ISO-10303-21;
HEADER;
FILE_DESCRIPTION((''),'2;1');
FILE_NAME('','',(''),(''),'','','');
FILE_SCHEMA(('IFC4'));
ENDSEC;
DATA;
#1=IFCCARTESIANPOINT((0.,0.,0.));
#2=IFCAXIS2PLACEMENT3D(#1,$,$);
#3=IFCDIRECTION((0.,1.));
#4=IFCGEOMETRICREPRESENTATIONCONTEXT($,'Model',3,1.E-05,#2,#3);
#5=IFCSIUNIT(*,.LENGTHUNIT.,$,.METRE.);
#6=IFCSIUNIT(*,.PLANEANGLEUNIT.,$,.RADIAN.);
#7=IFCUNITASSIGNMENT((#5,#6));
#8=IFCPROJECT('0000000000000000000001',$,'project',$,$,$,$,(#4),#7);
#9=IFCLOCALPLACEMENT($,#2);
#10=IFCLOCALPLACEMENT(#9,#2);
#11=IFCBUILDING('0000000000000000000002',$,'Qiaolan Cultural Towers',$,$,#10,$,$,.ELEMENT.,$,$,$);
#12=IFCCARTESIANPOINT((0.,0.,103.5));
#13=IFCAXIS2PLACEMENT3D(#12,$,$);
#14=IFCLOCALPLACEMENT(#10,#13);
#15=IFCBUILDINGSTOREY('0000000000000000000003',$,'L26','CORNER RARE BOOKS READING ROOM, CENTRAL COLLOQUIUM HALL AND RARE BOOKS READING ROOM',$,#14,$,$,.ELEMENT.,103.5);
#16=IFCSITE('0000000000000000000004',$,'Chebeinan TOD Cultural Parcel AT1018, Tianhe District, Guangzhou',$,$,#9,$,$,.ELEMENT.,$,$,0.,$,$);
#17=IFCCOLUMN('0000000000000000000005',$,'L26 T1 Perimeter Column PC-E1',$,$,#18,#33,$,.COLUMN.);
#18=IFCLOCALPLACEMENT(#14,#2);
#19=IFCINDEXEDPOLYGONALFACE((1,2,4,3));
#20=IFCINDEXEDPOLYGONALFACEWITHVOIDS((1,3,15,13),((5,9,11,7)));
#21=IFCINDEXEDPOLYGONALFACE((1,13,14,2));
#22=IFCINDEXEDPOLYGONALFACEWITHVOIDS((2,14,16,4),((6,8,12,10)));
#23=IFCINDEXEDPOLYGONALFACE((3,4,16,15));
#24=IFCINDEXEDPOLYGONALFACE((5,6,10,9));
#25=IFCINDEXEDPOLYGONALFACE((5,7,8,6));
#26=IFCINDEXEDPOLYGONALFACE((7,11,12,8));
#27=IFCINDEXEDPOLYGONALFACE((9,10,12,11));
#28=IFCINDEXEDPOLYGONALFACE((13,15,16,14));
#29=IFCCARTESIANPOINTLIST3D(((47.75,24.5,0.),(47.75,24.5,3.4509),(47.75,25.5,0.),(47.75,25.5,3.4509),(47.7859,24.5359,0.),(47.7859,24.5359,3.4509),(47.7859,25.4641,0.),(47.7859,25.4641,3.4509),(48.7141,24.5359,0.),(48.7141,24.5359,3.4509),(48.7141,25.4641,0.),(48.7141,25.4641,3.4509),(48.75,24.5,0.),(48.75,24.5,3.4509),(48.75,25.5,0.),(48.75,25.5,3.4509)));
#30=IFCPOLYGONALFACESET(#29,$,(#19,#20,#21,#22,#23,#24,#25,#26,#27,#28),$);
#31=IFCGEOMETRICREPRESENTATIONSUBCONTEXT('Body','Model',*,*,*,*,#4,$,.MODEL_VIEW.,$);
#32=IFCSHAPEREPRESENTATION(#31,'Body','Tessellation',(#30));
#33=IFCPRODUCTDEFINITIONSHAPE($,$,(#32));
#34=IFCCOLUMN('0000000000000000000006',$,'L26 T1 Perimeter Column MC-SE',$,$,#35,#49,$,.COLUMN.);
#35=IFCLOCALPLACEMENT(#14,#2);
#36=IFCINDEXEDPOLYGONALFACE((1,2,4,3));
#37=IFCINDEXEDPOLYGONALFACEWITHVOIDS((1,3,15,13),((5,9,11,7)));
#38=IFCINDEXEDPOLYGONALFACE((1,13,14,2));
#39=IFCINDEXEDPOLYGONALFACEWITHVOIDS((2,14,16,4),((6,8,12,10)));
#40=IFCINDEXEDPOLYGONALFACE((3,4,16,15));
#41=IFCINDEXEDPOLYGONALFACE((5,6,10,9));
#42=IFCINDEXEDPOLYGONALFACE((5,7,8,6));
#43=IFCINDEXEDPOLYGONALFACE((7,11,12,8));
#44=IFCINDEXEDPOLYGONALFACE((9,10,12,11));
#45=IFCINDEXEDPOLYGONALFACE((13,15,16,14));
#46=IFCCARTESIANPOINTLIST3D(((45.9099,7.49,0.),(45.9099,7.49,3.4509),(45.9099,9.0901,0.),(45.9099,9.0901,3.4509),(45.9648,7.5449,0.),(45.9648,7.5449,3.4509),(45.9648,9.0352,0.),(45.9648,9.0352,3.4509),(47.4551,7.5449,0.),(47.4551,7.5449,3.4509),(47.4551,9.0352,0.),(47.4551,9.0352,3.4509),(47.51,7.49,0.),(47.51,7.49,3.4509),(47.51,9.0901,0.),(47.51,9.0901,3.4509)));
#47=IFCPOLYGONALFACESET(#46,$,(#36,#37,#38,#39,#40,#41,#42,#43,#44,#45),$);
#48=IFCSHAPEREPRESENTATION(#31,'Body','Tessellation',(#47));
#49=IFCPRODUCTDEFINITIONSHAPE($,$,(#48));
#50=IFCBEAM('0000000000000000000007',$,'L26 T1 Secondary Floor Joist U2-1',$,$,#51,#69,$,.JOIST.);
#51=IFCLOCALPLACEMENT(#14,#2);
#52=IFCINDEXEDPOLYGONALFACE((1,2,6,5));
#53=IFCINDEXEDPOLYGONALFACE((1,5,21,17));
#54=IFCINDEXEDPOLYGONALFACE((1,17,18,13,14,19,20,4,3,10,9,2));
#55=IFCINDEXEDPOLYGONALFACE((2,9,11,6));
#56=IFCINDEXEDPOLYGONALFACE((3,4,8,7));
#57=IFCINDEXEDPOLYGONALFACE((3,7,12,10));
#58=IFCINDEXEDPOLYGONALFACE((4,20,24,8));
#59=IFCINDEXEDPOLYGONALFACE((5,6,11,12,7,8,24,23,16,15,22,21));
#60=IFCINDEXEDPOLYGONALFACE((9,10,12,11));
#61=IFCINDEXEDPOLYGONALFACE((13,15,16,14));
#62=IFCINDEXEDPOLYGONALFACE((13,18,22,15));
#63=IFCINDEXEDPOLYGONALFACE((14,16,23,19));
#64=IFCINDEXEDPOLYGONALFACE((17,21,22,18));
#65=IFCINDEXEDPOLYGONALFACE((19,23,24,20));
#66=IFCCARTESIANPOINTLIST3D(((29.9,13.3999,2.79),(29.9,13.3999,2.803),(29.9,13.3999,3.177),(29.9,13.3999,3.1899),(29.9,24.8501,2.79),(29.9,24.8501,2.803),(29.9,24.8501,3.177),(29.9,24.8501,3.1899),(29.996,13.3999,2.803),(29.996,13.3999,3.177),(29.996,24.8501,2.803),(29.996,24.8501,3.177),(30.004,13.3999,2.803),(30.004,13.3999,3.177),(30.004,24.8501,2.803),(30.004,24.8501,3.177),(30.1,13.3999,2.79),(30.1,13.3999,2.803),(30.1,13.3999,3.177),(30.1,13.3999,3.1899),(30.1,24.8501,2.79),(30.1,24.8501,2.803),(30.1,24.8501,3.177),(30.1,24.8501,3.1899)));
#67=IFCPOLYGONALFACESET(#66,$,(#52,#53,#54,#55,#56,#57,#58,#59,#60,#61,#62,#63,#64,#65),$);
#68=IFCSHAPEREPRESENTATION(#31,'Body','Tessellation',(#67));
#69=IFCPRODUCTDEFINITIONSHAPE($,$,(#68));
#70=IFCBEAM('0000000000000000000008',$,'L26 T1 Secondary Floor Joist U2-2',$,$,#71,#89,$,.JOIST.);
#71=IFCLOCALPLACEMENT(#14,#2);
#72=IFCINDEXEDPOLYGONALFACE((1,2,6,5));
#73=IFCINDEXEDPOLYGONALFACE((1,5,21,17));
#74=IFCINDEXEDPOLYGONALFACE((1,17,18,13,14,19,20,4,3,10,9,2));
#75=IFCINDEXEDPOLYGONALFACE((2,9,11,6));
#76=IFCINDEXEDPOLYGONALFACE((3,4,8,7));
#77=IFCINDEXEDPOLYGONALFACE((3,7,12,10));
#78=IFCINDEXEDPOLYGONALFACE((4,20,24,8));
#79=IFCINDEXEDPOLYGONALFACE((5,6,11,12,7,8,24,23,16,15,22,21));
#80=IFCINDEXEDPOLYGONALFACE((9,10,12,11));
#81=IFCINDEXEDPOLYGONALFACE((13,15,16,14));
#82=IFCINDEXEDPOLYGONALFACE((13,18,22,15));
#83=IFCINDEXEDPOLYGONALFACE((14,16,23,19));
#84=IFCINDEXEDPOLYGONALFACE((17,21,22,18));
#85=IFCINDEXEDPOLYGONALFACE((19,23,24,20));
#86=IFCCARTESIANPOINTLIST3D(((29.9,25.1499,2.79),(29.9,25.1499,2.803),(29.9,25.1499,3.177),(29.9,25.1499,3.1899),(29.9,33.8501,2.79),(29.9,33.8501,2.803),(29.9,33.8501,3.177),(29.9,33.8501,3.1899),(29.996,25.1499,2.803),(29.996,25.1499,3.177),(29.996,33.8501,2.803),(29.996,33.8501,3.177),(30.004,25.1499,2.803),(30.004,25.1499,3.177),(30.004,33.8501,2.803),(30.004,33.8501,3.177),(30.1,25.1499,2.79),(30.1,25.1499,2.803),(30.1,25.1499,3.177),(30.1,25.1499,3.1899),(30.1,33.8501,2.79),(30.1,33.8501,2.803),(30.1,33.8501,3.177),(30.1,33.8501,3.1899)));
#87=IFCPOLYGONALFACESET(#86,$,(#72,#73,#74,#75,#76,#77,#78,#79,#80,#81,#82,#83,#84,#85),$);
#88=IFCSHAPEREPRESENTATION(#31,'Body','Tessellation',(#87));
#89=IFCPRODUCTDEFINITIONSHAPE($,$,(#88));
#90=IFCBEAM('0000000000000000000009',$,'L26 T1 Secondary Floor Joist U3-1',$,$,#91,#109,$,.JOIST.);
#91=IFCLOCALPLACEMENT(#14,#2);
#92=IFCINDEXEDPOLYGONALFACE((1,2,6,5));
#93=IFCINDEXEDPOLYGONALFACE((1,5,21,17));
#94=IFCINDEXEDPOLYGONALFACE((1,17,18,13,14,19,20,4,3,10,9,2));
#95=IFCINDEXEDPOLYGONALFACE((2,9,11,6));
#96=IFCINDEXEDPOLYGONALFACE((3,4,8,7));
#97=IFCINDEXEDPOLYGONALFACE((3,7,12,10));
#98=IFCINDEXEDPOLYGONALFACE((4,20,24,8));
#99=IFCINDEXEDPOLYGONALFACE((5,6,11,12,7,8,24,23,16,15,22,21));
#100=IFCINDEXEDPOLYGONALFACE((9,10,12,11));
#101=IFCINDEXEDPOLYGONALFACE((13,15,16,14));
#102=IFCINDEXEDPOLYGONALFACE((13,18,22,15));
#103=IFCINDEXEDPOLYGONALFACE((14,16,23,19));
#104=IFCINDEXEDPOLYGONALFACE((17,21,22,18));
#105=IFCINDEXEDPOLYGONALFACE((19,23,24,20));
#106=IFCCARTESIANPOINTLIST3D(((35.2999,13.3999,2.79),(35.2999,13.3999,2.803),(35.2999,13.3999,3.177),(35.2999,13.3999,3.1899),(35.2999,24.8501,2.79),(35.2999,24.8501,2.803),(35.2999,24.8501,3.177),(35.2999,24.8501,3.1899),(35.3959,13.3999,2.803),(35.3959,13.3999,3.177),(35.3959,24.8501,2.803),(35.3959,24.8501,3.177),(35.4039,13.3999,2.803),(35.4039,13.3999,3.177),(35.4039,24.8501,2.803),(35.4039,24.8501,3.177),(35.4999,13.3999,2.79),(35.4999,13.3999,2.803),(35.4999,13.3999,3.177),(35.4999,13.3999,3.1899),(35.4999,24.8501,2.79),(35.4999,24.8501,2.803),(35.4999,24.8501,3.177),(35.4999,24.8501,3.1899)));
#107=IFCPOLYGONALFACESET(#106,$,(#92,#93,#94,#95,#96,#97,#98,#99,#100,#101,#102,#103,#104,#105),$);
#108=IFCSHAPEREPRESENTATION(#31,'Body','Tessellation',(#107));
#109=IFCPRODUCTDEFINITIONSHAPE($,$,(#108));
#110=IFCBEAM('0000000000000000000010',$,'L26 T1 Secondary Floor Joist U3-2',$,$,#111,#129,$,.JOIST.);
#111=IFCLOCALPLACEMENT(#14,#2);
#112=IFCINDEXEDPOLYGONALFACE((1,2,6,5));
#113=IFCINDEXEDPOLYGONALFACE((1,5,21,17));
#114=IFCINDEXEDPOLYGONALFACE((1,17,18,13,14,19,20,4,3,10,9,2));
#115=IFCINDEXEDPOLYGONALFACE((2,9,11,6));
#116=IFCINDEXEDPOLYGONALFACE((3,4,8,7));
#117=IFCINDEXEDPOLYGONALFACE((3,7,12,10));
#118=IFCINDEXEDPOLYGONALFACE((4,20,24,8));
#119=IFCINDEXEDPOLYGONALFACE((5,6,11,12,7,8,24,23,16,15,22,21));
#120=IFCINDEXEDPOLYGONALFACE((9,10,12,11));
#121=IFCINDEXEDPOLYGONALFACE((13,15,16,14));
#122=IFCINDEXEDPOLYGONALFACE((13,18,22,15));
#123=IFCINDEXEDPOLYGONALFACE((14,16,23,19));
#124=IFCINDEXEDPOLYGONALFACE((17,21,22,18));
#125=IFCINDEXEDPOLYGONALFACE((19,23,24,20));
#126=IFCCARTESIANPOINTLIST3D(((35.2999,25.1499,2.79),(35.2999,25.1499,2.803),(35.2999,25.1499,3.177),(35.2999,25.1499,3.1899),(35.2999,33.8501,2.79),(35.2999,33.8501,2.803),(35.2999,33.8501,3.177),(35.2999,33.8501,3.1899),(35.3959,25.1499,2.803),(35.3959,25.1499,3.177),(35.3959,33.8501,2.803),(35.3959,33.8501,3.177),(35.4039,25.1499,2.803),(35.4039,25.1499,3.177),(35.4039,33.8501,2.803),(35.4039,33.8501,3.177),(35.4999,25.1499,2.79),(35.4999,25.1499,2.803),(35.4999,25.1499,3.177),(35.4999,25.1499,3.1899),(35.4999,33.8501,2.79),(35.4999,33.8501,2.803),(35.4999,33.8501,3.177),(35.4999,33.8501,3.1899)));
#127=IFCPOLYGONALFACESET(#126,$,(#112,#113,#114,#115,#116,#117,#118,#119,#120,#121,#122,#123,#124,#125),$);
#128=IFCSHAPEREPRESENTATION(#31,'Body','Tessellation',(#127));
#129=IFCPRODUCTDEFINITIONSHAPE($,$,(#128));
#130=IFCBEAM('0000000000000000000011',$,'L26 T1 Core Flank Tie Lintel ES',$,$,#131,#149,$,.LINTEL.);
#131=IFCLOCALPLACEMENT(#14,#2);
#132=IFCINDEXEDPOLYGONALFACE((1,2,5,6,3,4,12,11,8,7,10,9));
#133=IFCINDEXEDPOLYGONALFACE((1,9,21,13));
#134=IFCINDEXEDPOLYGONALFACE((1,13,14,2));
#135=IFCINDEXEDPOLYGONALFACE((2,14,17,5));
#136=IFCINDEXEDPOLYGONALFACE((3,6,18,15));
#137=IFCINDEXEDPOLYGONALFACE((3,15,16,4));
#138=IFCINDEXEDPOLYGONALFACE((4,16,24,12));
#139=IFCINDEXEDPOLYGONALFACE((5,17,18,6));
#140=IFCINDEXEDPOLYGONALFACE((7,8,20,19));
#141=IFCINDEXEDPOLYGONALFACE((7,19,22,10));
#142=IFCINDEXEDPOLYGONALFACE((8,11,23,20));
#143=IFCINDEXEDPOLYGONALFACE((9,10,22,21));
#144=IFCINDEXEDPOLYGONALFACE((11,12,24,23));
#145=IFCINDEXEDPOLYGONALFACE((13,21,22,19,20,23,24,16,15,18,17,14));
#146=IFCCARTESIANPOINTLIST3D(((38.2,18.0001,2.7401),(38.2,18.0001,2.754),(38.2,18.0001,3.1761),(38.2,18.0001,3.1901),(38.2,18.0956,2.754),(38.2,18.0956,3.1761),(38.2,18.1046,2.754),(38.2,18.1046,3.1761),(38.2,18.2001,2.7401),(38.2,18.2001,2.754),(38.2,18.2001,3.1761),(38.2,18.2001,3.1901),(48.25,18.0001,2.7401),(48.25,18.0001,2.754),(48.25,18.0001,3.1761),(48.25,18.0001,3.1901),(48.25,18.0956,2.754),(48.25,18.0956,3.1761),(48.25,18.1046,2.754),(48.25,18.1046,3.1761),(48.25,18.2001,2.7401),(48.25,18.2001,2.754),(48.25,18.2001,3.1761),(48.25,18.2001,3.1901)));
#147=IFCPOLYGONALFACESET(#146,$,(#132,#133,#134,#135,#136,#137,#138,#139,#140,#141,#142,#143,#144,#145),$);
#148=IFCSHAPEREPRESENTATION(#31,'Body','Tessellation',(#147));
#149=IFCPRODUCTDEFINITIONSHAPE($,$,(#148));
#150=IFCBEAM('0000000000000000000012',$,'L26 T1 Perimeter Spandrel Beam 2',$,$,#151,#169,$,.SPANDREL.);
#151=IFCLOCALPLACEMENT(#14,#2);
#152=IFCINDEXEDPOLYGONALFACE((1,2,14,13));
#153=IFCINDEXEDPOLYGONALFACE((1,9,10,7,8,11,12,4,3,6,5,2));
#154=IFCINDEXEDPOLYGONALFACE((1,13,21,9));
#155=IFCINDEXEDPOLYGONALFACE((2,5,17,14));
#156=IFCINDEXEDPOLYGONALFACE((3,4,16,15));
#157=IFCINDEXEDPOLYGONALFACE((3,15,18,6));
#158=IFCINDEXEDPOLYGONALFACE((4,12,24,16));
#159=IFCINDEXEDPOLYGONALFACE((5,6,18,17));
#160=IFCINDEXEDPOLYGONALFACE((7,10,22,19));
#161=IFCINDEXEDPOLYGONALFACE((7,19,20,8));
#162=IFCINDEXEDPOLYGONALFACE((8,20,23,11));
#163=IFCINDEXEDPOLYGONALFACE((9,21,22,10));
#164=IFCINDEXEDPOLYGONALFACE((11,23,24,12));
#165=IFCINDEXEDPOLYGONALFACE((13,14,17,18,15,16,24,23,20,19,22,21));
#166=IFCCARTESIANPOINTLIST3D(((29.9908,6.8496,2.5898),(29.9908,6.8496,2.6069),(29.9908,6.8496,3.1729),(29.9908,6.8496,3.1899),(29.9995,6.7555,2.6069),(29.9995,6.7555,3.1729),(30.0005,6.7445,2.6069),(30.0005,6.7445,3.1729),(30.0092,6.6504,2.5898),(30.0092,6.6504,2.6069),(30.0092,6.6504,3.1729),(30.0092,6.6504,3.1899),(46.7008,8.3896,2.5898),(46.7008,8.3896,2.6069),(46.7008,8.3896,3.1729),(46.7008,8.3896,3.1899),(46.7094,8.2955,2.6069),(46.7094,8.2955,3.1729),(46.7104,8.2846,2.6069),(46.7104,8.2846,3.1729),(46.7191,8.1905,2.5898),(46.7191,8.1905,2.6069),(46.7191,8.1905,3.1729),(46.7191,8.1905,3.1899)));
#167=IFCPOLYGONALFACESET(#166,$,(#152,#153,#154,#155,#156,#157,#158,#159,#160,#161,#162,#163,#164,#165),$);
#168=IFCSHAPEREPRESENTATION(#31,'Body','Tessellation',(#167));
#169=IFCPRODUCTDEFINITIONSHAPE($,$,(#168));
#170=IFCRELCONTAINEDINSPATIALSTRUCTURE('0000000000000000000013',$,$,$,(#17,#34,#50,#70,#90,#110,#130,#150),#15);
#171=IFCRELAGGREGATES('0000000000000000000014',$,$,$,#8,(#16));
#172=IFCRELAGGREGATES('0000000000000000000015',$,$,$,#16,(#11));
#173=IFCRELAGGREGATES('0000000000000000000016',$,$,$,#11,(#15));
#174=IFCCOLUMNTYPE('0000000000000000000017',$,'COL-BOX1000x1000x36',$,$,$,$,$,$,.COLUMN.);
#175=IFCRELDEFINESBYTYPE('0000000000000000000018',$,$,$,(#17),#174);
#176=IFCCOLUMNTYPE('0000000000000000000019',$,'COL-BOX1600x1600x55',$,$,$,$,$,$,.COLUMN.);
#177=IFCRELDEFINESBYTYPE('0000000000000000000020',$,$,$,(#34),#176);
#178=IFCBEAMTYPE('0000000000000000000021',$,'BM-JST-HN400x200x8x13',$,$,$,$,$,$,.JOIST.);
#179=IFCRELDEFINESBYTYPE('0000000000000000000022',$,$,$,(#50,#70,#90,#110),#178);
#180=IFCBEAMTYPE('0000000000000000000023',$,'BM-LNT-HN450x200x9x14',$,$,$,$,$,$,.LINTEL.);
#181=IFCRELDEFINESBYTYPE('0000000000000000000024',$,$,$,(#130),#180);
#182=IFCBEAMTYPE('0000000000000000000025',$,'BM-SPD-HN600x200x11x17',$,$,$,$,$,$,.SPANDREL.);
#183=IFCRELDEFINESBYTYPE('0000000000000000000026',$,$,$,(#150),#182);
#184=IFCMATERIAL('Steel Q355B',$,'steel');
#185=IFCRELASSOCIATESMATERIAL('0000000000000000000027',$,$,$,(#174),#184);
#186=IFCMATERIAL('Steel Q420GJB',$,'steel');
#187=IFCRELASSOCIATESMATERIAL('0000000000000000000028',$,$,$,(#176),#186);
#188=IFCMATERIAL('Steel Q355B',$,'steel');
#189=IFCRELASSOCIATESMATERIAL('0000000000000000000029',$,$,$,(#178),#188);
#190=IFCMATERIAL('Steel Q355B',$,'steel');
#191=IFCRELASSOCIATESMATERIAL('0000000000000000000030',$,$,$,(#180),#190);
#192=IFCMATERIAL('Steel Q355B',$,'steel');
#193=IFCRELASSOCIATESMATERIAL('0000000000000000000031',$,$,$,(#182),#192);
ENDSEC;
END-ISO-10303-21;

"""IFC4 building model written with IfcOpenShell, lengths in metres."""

from ifc_helpers import new_model, si_unit, direction, frame, origin, origin_2d, place, context, subcontext, project, spatial, hollow_rectangle, i_section, extrude, material, material_profile, profile_set, type_object, element, save


model = new_model("IFC4")

# Units and contexts
model_context = context("Model", 3, precision=1e-05, world=origin(), true_north=direction((0.0, 1.0)))
body_context = subcontext(model_context, "Body", "Model", "MODEL_VIEW")
ifc_project = project(units=[si_unit("LENGTHUNIT", "METRE"), si_unit("PLANEANGLEUNIT", "RADIAN")], contexts=[model_context])

# Site, building, storey
site_placement = place(None, origin())
site = spatial("IfcSite", under=ifc_project, at=site_placement, Name="Chebeinan TOD Cultural Parcel AT1018, Tianhe District, Guangzhou", CompositionType="ELEMENT", RefElevation=0.0)
building_placement = place(site_placement, origin())
building = spatial("IfcBuilding", under=site, at=building_placement, Name="Qiaolan Cultural Towers", CompositionType="ELEMENT")
storey_placement = place(building_placement, frame((0.0, 0.0, 103.5)))
storey = spatial("IfcBuildingStorey", under=building, at=storey_placement, Name="L26", Description="CORNER RARE BOOKS READING ROOM, CENTRAL COLLOQUIUM HALL AND RARE BOOKS READING ROOM", CompositionType="ELEMENT", Elevation=103.5)

# Columns
ifc_material_1 = material(Name="Steel Q355B", Category="steel")
ifc_material_profile_1 = material_profile(ifc_material_1, hollow_rectangle(XDim=1.0, YDim=1.0, WallThickness=0.0359, at=origin_2d()), Name="BOX1000x1000x36")
ifc_profile_set_1 = profile_set([ifc_material_profile_1], Name="Steel Q355B")
column_type_1 = type_object("IfcColumnType", Name="COL-BOX1000x1000x36", PredefinedType="COLUMN", material=ifc_profile_set_1)
column_1_placement = place(storey_placement, frame((48.25, 25.0, 0.0), z_axis=(0.0, 0.0, 1.0), x_axis=(1.0, 0.0, 0.0)))
element("IfcColumn", 1, at=column_1_placement, inside=storey, type_object=column_type_1, Name="L26 T1 Perimeter Column PC-E1", PredefinedType="COLUMN", context=body_context, shape_type="SweptSolid", body=[
    extrude(hollow_rectangle(XDim=1.0, YDim=1.0, WallThickness=0.0359, at=origin_2d()), origin(), (0.0, 0.0, 1.0), 3.4509),
])
ifc_material_2 = material(Name="Steel Q420GJB", Category="steel")
ifc_material_profile_2 = material_profile(ifc_material_2, hollow_rectangle(XDim=1.6001, YDim=1.6001, WallThickness=0.0549, at=origin_2d()), Name="BOX1600x1600x55")
ifc_profile_set_2 = profile_set([ifc_material_profile_2], Name="Steel Q420GJB")
column_type_2 = type_object("IfcColumnType", Name="COL-BOX1600x1600x55", PredefinedType="COLUMN", material=ifc_profile_set_2)
column_2_placement = place(storey_placement, frame((46.71, 8.29, 0.0), z_axis=(0.0, 0.0, 1.0), x_axis=(1.0, 0.0, 0.0)))
element("IfcColumn", 2, at=column_2_placement, inside=storey, type_object=column_type_2, Name="L26 T1 Perimeter Column MC-SE", PredefinedType="COLUMN", context=body_context, shape_type="SweptSolid", body=[
    extrude(hollow_rectangle(XDim=1.6001, YDim=1.6001, WallThickness=0.0549, at=origin_2d()), origin(), (0.0, 0.0, 1.0), 3.4509),
])

# Beams
ifc_material_3 = material(Name="Steel Q355B", Category="steel")
ifc_material_profile_3 = material_profile(ifc_material_3, i_section(OverallWidth=0.2, OverallDepth=0.3999, WebThickness=0.0081, FlangeThickness=0.0129, at=origin_2d()), Name="HN400x200x8x13")
ifc_profile_set_3 = profile_set([ifc_material_profile_3], Name="Steel Q355B")
beam_type_1 = type_object("IfcBeamType", Name="BM-JST-HN400x200x8x13", PredefinedType="JOIST", material=ifc_profile_set_3)
beam_1_placement = place(storey_placement, frame((30.0, 13.3999, 2.99), z_axis=(0.0, 1.0, 0.0), x_axis=(-1.0, 0.0, 0.0)))
element("IfcBeam", 3, at=beam_1_placement, inside=storey, type_object=beam_type_1, Name="L26 T1 Secondary Floor Joist U2-1", PredefinedType="JOIST", context=body_context, shape_type="SweptSolid", body=[
    extrude(i_section(OverallWidth=0.2, OverallDepth=0.3999, WebThickness=0.0081, FlangeThickness=0.0129, at=origin_2d()), origin(), (0.0, 0.0, 1.0), 11.4502),
])
beam_2_placement = place(storey_placement, frame((30.0, 25.1499, 2.99), z_axis=(0.0, 1.0, 0.0), x_axis=(-1.0, 0.0, 0.0)))
element("IfcBeam", 4, at=beam_2_placement, inside=storey, type_object=beam_type_1, Name="L26 T1 Secondary Floor Joist U2-2", PredefinedType="JOIST", context=body_context, shape_type="SweptSolid", body=[
    extrude(i_section(OverallWidth=0.2, OverallDepth=0.3999, WebThickness=0.0081, FlangeThickness=0.0129, at=origin_2d()), origin(), (0.0, 0.0, 1.0), 8.7002),
])
beam_3_placement = place(storey_placement, frame((35.3999, 13.3999, 2.99), z_axis=(0.0, 1.0, 0.0), x_axis=(-1.0, 0.0, 0.0)))
element("IfcBeam", 5, at=beam_3_placement, inside=storey, type_object=beam_type_1, Name="L26 T1 Secondary Floor Joist U3-1", PredefinedType="JOIST", context=body_context, shape_type="SweptSolid", body=[
    extrude(i_section(OverallWidth=0.2, OverallDepth=0.3999, WebThickness=0.0081, FlangeThickness=0.0129, at=origin_2d()), origin(), (0.0, 0.0, 1.0), 11.4502),
])
beam_4_placement = place(storey_placement, frame((35.3999, 25.1499, 2.99), z_axis=(0.0, 1.0, 0.0), x_axis=(-1.0, 0.0, 0.0)))
element("IfcBeam", 6, at=beam_4_placement, inside=storey, type_object=beam_type_1, Name="L26 T1 Secondary Floor Joist U3-2", PredefinedType="JOIST", context=body_context, shape_type="SweptSolid", body=[
    extrude(i_section(OverallWidth=0.2, OverallDepth=0.3999, WebThickness=0.0081, FlangeThickness=0.0129, at=origin_2d()), origin(), (0.0, 0.0, 1.0), 8.7002),
])
ifc_material_4 = material(Name="Steel Q355B", Category="steel")
ifc_material_profile_4 = material_profile(ifc_material_4, i_section(OverallWidth=0.2, OverallDepth=0.45, WebThickness=0.009, FlangeThickness=0.0139, at=origin_2d()), Name="HN450x200x9x14")
ifc_profile_set_4 = profile_set([ifc_material_profile_4], Name="Steel Q355B")
beam_type_2 = type_object("IfcBeamType", Name="BM-LNT-HN450x200x9x14", PredefinedType="LINTEL", material=ifc_profile_set_4)
beam_5_placement = place(storey_placement, frame((38.2, 18.1001, 2.9651), z_axis=(1.0, 0.0, 0.0), x_axis=(0.0, 1.0, 0.0)))
element("IfcBeam", 7, at=beam_5_placement, inside=storey, type_object=beam_type_2, Name="L26 T1 Core Flank Tie Lintel ES", PredefinedType="LINTEL", context=body_context, shape_type="SweptSolid", body=[
    extrude(i_section(OverallWidth=0.2, OverallDepth=0.45, WebThickness=0.009, FlangeThickness=0.0139, at=origin_2d()), origin(), (0.0, 0.0, 1.0), 10.05),
])
ifc_material_5 = material(Name="Steel Q355B", Category="steel")
ifc_material_profile_5 = material_profile(ifc_material_5, i_section(OverallWidth=0.2, OverallDepth=0.6001, WebThickness=0.011, FlangeThickness=0.0171, at=origin_2d()), Name="HN600x200x11x17")
ifc_profile_set_5 = profile_set([ifc_material_profile_5], Name="Steel Q355B")
beam_type_3 = type_object("IfcBeamType", Name="BM-SPD-HN600x200x11x17", PredefinedType="SPANDREL", material=ifc_profile_set_5)
for number, where, z_axis, x_axis, name in (
    (8, (30.0, 6.75, 2.8899), (0.99578, 0.091774, 0.0), (-0.091774, 0.99578, 0.0), "L26 T1 Perimeter Spandrel Beam 2"),
):
    element("IfcBeam", number, at=place(storey_placement, frame(where, z_axis=z_axis, x_axis=x_axis)), inside=storey, type_object=beam_type_3, Name=name, PredefinedType="SPANDREL", context=body_context, shape_type="SweptSolid", body=[
        extrude(i_section(OverallWidth=0.2, OverallDepth=0.6001, WebThickness=0.011, FlangeThickness=0.0171, at=origin_2d()), origin(), (0.0, 0.0, 1.0), 16.7808),
    ])

save(model, "model.ifc")
